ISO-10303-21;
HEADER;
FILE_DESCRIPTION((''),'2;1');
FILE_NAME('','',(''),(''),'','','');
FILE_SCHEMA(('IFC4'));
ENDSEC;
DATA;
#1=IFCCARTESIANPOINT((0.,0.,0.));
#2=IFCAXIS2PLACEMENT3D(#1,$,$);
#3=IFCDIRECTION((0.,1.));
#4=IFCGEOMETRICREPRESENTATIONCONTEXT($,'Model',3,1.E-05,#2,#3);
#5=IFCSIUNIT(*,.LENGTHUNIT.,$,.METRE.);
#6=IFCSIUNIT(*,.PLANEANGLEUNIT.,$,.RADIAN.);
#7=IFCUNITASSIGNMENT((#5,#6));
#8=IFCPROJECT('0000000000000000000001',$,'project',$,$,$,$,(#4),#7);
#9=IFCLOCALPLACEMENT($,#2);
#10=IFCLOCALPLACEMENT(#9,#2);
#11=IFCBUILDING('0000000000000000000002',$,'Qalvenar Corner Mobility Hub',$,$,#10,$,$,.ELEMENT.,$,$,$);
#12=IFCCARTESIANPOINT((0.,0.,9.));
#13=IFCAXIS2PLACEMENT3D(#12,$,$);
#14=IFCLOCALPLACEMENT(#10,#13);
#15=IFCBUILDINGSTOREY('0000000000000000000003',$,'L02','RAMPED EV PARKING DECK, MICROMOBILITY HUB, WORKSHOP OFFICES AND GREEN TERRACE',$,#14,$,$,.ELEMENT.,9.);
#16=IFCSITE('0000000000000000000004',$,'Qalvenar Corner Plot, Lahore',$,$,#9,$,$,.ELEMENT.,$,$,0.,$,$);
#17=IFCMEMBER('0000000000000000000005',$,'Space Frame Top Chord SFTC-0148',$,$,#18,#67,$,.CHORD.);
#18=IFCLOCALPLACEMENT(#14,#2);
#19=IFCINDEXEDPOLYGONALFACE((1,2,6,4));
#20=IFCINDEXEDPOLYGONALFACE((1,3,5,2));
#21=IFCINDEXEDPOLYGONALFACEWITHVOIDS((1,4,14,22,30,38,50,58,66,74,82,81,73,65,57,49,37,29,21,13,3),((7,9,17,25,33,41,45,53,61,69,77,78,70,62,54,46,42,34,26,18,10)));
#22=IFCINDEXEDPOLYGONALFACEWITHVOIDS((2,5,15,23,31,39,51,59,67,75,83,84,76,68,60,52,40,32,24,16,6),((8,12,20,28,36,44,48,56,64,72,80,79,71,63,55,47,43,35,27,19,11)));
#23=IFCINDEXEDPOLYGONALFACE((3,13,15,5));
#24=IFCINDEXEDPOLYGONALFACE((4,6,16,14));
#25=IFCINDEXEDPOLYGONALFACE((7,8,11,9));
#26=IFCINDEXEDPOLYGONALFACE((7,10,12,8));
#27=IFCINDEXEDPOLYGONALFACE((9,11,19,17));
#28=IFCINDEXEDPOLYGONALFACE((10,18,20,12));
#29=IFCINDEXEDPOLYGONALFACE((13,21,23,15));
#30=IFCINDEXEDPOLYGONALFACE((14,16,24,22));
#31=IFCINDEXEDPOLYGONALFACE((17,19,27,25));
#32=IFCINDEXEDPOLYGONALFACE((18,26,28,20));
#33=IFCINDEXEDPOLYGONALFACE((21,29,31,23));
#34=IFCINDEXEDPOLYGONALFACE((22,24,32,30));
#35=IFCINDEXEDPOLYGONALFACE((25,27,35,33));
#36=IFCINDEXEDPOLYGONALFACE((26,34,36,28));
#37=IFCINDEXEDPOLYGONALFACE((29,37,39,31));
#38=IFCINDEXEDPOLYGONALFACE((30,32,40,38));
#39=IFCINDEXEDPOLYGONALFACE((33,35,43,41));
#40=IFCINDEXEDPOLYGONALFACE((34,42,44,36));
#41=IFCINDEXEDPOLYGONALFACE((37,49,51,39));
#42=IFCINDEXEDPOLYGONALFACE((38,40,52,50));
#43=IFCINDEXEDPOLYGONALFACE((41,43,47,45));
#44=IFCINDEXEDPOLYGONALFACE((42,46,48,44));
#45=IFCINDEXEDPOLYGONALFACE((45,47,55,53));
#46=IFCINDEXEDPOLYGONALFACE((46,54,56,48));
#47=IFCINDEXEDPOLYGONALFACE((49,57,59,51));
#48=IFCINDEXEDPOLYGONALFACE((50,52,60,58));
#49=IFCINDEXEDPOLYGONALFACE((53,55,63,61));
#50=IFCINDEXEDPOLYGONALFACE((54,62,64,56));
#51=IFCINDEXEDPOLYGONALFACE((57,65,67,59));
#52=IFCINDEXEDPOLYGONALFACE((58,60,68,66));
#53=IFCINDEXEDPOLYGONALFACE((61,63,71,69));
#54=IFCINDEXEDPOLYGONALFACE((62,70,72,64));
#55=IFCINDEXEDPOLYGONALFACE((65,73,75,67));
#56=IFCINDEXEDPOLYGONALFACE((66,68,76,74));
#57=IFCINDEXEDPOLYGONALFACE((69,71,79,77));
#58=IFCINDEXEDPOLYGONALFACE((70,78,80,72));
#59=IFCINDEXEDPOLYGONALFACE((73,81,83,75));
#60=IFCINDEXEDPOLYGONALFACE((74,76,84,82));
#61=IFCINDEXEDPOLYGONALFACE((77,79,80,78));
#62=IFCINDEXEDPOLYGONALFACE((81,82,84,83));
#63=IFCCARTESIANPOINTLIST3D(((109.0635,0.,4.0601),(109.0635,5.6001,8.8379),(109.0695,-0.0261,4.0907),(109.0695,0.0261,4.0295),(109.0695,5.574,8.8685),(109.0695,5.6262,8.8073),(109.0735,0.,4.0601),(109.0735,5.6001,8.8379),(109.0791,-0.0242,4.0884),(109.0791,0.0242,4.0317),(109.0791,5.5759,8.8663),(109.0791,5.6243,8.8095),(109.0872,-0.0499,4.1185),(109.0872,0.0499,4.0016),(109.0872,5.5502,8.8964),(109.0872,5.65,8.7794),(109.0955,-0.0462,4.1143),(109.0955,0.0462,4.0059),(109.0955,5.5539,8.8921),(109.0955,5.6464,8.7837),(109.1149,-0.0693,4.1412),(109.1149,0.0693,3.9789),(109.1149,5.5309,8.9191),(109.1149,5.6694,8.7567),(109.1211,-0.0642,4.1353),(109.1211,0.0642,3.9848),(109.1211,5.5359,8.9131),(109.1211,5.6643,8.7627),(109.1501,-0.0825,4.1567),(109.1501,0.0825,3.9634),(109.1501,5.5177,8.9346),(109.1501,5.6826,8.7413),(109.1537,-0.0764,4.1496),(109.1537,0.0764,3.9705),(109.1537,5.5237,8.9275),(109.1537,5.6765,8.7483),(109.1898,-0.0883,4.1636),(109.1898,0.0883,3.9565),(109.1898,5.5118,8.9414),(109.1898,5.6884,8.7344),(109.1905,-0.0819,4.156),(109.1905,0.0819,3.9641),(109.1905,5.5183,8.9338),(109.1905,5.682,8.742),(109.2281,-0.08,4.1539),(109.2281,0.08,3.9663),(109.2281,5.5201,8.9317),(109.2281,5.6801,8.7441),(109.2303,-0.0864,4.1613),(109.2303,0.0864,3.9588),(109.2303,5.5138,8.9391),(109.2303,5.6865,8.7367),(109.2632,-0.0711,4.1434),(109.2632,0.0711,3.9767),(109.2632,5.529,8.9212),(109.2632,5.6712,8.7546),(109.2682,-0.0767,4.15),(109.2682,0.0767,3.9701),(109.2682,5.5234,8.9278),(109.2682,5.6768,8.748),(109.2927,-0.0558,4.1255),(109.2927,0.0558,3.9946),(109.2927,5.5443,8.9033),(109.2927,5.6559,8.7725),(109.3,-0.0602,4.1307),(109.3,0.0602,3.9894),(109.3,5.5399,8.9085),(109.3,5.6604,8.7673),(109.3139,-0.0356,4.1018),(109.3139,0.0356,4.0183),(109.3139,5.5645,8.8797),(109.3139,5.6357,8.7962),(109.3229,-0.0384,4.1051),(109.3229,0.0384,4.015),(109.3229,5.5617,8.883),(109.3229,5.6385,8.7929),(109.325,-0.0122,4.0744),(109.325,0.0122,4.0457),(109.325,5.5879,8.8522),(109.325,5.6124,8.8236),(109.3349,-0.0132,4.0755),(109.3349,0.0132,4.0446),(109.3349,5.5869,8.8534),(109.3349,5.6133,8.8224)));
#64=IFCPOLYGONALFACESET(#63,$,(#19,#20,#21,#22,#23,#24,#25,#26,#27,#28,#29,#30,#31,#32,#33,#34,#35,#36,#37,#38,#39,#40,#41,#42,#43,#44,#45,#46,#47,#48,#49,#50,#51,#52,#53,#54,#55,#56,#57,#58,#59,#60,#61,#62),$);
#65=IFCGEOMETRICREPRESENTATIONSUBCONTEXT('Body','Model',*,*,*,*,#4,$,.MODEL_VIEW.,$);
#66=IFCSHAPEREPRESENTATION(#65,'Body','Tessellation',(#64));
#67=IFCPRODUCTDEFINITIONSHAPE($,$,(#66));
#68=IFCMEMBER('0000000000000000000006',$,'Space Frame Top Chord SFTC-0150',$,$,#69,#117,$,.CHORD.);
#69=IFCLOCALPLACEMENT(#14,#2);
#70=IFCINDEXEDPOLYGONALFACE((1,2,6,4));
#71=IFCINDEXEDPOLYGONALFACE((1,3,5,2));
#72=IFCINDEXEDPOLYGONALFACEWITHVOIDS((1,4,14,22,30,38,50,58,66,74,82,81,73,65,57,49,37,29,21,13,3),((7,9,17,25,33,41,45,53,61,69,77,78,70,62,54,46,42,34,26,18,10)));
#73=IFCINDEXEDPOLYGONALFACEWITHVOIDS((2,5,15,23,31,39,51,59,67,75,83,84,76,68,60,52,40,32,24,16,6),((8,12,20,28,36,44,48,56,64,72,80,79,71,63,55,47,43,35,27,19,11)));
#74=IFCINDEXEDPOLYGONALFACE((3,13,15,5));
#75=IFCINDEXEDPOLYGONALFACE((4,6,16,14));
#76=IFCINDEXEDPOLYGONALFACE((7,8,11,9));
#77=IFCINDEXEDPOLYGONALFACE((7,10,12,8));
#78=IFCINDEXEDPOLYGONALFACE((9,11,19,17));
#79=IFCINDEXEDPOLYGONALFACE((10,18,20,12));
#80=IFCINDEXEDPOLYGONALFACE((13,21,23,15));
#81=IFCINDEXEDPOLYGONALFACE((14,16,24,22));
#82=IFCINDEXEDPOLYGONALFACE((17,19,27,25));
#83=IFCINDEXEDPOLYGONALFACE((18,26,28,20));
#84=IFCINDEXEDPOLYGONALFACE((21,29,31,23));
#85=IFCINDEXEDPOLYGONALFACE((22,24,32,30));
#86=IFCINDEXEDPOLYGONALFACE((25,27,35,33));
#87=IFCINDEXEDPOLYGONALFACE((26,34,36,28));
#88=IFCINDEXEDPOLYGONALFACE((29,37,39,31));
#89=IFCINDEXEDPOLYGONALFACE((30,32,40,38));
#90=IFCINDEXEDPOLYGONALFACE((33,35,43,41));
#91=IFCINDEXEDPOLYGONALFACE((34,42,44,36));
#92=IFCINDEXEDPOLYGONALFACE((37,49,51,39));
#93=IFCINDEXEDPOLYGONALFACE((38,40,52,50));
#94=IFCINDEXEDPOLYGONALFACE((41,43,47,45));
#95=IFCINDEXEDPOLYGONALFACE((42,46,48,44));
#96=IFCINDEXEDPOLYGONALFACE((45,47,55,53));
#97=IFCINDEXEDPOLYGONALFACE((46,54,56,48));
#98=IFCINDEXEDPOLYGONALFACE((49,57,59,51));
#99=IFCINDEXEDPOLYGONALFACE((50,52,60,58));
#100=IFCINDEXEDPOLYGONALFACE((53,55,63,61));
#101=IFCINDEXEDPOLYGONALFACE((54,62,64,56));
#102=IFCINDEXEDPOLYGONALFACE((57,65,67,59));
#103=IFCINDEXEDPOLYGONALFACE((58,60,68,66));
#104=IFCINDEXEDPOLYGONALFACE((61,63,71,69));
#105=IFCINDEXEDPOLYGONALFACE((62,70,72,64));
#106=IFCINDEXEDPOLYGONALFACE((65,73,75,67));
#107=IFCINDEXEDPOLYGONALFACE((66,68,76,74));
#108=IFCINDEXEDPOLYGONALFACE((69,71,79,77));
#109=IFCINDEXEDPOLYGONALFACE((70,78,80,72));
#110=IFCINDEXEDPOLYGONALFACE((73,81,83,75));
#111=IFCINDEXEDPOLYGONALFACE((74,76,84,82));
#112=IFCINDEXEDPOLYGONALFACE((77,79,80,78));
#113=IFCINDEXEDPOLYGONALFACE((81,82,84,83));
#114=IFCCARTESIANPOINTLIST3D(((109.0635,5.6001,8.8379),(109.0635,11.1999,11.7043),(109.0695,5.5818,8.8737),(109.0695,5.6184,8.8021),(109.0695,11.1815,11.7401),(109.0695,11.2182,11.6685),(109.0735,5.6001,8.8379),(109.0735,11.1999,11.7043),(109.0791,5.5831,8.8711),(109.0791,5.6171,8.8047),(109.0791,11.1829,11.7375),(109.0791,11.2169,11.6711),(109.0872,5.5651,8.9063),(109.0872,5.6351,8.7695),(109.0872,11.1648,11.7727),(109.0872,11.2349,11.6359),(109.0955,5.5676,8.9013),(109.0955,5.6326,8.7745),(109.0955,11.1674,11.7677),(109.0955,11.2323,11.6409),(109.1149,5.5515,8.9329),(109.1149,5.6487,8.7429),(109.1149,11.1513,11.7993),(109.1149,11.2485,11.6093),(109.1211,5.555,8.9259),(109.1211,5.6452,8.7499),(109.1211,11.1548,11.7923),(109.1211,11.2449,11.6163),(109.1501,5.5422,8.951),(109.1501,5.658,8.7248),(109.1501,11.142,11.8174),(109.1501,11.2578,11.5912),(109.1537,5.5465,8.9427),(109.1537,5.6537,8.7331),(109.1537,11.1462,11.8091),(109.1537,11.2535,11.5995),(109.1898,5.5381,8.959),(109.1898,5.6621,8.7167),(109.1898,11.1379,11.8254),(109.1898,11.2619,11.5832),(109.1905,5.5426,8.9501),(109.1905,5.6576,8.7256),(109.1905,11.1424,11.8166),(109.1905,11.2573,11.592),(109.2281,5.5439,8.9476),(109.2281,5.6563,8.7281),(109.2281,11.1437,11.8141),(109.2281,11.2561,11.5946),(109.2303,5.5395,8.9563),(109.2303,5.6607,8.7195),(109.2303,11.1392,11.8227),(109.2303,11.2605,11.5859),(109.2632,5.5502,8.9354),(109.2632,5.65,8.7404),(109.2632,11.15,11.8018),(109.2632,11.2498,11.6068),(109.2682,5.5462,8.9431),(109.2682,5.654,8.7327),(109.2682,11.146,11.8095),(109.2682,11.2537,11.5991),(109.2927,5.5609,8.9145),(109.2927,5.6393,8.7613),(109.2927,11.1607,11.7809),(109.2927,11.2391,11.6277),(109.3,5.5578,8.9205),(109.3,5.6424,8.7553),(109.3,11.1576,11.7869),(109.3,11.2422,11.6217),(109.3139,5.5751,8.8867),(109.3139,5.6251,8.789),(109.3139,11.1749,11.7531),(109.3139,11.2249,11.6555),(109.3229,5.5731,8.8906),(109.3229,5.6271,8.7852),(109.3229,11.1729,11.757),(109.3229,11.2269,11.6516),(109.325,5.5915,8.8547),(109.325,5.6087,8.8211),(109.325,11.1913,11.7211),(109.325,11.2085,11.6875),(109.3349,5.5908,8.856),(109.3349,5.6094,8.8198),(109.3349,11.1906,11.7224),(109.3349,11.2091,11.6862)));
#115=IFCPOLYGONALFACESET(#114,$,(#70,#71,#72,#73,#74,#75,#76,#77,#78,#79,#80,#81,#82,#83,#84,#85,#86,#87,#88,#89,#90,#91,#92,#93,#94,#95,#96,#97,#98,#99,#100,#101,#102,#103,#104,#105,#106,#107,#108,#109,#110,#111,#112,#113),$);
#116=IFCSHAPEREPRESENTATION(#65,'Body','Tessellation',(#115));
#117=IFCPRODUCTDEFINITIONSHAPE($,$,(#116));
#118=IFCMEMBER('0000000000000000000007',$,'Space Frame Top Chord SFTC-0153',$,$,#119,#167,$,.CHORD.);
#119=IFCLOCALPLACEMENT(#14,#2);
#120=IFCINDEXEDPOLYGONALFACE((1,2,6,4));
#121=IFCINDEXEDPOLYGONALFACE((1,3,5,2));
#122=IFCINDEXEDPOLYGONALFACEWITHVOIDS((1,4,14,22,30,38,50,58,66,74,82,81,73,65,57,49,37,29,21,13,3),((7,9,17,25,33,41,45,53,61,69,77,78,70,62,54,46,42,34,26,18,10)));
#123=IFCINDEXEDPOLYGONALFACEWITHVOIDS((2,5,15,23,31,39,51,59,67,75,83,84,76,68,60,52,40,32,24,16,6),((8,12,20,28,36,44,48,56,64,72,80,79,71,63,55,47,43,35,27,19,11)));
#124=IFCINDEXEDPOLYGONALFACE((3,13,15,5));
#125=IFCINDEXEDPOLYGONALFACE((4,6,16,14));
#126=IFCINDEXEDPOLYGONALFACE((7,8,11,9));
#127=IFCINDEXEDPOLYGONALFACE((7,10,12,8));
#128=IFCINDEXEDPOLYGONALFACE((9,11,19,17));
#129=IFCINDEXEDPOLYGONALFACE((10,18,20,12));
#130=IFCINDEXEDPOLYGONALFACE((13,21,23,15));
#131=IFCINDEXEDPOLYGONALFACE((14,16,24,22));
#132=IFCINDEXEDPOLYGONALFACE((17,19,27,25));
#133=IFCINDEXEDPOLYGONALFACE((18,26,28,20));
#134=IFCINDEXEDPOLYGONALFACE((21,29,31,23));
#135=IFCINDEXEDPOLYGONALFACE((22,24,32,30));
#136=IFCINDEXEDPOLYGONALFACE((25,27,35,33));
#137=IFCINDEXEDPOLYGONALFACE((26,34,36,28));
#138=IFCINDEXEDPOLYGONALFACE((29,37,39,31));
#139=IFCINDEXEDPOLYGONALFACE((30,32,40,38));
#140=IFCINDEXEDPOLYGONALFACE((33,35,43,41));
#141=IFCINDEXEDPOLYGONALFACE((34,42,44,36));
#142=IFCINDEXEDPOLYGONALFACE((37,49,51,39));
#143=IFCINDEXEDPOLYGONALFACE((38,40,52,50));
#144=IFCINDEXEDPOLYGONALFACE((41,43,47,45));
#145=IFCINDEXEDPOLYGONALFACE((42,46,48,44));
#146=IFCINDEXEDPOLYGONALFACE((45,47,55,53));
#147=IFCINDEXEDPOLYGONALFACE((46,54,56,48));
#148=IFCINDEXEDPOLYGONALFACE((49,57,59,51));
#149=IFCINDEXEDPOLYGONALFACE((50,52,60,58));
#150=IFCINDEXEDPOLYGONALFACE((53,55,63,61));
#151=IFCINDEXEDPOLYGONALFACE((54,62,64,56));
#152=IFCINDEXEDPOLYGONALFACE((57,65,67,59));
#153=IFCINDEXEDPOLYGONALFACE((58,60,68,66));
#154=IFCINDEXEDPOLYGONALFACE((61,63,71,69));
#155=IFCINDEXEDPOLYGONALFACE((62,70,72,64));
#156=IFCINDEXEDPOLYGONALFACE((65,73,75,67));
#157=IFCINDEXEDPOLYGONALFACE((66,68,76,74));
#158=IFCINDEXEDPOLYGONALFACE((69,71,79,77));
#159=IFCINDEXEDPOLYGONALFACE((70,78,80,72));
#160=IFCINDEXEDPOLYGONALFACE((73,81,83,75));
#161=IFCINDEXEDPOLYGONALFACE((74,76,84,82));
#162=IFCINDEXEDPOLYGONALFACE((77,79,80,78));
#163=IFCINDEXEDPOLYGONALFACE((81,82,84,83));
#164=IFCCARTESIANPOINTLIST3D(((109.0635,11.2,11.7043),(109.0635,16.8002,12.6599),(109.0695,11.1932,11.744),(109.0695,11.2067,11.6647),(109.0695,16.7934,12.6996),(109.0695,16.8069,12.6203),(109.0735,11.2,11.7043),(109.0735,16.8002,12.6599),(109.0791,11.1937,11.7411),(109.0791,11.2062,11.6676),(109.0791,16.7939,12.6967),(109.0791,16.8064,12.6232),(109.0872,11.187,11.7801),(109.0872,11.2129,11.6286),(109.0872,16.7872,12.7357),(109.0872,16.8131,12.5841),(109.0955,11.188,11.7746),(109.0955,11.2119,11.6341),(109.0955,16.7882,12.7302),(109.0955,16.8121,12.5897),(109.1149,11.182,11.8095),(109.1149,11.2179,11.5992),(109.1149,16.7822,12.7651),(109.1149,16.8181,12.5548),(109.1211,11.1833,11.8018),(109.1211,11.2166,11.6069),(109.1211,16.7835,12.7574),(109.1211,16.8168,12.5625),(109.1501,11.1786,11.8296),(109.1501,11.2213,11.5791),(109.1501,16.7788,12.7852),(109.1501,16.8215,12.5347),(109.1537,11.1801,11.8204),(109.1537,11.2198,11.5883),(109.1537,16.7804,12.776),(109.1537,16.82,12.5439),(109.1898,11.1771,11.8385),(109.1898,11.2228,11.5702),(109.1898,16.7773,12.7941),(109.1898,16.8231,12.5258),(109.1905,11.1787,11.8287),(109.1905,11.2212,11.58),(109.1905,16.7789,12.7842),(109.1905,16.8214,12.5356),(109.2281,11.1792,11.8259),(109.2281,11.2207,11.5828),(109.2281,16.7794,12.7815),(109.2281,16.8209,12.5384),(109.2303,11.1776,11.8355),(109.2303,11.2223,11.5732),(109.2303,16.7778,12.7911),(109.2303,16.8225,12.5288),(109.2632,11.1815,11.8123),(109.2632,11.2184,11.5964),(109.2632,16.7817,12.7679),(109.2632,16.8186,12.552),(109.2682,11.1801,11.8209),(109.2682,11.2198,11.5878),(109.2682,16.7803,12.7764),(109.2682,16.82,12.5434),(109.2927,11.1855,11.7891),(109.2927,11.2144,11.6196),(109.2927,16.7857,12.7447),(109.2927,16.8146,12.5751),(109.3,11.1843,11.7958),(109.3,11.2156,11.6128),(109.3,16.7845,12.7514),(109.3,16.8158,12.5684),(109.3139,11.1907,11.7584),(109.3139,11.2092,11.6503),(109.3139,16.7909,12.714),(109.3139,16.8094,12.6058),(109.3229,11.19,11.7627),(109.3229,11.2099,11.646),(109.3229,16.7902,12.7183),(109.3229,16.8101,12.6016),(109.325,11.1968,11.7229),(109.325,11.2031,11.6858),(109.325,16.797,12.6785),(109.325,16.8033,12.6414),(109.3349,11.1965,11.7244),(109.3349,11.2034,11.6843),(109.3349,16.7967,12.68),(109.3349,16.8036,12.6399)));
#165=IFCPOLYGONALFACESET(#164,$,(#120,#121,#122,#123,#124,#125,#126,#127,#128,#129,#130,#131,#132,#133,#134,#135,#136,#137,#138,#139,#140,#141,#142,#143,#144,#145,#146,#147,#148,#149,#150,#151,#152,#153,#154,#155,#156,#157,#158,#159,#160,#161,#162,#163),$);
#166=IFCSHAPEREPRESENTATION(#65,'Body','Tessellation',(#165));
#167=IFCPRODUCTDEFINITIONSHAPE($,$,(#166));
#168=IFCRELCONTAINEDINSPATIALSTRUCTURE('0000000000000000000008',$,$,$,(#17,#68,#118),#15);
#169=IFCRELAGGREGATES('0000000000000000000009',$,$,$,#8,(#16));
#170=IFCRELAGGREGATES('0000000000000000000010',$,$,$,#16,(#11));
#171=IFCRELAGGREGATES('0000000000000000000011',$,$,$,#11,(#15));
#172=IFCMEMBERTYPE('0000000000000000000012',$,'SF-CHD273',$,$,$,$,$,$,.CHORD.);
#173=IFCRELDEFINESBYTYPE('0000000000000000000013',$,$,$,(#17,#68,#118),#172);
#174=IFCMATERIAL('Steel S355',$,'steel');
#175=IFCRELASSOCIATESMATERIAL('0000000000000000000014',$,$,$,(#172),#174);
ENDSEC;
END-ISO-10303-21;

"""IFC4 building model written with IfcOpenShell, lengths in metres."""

from ifc_helpers import new_model, si_unit, direction, frame, origin, origin_2d, place, context, subcontext, project, spatial, hollow_circle, extrude, material, material_profile, profile_set, type_object, element, save


model = new_model("IFC4")

# Units and contexts
model_context = context("Model", 3, precision=1e-05, world=origin(), true_north=direction((0.0, 1.0)))
body_context = subcontext(model_context, "Body", "Model", "MODEL_VIEW")
ifc_project = project(units=[si_unit("LENGTHUNIT", "METRE"), si_unit("PLANEANGLEUNIT", "RADIAN")], contexts=[model_context])

# Site, building, storey
site_placement = place(None, origin())
site = spatial("IfcSite", under=ifc_project, at=site_placement, Name="Qalvenar Corner Plot, Lahore", CompositionType="ELEMENT", RefElevation=0.0)
building_placement = place(site_placement, origin())
building = spatial("IfcBuilding", under=site, at=building_placement, Name="Qalvenar Corner Mobility Hub", CompositionType="ELEMENT")
storey_placement = place(building_placement, frame((0.0, 0.0, 9.0)))
storey = spatial("IfcBuildingStorey", under=building, at=storey_placement, Name="L02", Description="RAMPED EV PARKING DECK, MICROMOBILITY HUB, WORKSHOP OFFICES AND GREEN TERRACE", CompositionType="ELEMENT", Elevation=9.0)

# Members
ifc_material_1 = material(Name="Steel S355", Category="steel")
ifc_material_profile_1 = material_profile(ifc_material_1, hollow_circle(Radius=0.1365, WallThickness=0.01, at=origin_2d()), Name="CHS273x10")
ifc_profile_set_1 = profile_set([ifc_material_profile_1], Name="Steel S355")
member_type_1 = type_object("IfcMemberType", Name="SF-CHD273", PredefinedType="CHORD", material=ifc_profile_set_1)
member_1_placement = place(storey_placement, frame((109.2, 0.0, 4.0601), z_axis=(0.0, 0.760748, 0.649047), x_axis=(-1.0, 0.0, 0.0)))
element("IfcMember", 1, at=member_1_placement, inside=storey, type_object=member_type_1, Name="Space Frame Top Chord SFTC-0148", PredefinedType="CHORD", context=body_context, shape_type="SweptSolid", body=[
    extrude(hollow_circle(Radius=0.1365, WallThickness=0.01, at=origin_2d()), origin(), (0.0, 0.0, 1.0), 7.3613),
])
member_2_placement = place(storey_placement, frame((109.2, 5.6001, 8.8379), z_axis=(0.0, 0.890157, 0.455654), x_axis=(-1.0, 0.0, 0.0)))
element("IfcMember", 2, at=member_2_placement, inside=storey, type_object=member_type_1, Name="Space Frame Top Chord SFTC-0150", PredefinedType="CHORD", context=body_context, shape_type="SweptSolid", body=[
    extrude(hollow_circle(Radius=0.1365, WallThickness=0.01, at=origin_2d()), origin(), (0.0, 0.0, 1.0), 6.2908),
])
member_3_placement = place(storey_placement, frame((109.2, 11.2, 11.7043), z_axis=(0.0, 0.985752, 0.168203), x_axis=(-1.0, 0.0, 0.0)))
element("IfcMember", 3, at=member_3_placement, inside=storey, type_object=member_type_1, Name="Space Frame Top Chord SFTC-0153", PredefinedType="CHORD", context=body_context, shape_type="SweptSolid", body=[
    extrude(hollow_circle(Radius=0.1365, WallThickness=0.01, at=origin_2d()), origin(), (0.0, 0.0, 1.0), 5.6812),
])

save(model, "model.ifc")
